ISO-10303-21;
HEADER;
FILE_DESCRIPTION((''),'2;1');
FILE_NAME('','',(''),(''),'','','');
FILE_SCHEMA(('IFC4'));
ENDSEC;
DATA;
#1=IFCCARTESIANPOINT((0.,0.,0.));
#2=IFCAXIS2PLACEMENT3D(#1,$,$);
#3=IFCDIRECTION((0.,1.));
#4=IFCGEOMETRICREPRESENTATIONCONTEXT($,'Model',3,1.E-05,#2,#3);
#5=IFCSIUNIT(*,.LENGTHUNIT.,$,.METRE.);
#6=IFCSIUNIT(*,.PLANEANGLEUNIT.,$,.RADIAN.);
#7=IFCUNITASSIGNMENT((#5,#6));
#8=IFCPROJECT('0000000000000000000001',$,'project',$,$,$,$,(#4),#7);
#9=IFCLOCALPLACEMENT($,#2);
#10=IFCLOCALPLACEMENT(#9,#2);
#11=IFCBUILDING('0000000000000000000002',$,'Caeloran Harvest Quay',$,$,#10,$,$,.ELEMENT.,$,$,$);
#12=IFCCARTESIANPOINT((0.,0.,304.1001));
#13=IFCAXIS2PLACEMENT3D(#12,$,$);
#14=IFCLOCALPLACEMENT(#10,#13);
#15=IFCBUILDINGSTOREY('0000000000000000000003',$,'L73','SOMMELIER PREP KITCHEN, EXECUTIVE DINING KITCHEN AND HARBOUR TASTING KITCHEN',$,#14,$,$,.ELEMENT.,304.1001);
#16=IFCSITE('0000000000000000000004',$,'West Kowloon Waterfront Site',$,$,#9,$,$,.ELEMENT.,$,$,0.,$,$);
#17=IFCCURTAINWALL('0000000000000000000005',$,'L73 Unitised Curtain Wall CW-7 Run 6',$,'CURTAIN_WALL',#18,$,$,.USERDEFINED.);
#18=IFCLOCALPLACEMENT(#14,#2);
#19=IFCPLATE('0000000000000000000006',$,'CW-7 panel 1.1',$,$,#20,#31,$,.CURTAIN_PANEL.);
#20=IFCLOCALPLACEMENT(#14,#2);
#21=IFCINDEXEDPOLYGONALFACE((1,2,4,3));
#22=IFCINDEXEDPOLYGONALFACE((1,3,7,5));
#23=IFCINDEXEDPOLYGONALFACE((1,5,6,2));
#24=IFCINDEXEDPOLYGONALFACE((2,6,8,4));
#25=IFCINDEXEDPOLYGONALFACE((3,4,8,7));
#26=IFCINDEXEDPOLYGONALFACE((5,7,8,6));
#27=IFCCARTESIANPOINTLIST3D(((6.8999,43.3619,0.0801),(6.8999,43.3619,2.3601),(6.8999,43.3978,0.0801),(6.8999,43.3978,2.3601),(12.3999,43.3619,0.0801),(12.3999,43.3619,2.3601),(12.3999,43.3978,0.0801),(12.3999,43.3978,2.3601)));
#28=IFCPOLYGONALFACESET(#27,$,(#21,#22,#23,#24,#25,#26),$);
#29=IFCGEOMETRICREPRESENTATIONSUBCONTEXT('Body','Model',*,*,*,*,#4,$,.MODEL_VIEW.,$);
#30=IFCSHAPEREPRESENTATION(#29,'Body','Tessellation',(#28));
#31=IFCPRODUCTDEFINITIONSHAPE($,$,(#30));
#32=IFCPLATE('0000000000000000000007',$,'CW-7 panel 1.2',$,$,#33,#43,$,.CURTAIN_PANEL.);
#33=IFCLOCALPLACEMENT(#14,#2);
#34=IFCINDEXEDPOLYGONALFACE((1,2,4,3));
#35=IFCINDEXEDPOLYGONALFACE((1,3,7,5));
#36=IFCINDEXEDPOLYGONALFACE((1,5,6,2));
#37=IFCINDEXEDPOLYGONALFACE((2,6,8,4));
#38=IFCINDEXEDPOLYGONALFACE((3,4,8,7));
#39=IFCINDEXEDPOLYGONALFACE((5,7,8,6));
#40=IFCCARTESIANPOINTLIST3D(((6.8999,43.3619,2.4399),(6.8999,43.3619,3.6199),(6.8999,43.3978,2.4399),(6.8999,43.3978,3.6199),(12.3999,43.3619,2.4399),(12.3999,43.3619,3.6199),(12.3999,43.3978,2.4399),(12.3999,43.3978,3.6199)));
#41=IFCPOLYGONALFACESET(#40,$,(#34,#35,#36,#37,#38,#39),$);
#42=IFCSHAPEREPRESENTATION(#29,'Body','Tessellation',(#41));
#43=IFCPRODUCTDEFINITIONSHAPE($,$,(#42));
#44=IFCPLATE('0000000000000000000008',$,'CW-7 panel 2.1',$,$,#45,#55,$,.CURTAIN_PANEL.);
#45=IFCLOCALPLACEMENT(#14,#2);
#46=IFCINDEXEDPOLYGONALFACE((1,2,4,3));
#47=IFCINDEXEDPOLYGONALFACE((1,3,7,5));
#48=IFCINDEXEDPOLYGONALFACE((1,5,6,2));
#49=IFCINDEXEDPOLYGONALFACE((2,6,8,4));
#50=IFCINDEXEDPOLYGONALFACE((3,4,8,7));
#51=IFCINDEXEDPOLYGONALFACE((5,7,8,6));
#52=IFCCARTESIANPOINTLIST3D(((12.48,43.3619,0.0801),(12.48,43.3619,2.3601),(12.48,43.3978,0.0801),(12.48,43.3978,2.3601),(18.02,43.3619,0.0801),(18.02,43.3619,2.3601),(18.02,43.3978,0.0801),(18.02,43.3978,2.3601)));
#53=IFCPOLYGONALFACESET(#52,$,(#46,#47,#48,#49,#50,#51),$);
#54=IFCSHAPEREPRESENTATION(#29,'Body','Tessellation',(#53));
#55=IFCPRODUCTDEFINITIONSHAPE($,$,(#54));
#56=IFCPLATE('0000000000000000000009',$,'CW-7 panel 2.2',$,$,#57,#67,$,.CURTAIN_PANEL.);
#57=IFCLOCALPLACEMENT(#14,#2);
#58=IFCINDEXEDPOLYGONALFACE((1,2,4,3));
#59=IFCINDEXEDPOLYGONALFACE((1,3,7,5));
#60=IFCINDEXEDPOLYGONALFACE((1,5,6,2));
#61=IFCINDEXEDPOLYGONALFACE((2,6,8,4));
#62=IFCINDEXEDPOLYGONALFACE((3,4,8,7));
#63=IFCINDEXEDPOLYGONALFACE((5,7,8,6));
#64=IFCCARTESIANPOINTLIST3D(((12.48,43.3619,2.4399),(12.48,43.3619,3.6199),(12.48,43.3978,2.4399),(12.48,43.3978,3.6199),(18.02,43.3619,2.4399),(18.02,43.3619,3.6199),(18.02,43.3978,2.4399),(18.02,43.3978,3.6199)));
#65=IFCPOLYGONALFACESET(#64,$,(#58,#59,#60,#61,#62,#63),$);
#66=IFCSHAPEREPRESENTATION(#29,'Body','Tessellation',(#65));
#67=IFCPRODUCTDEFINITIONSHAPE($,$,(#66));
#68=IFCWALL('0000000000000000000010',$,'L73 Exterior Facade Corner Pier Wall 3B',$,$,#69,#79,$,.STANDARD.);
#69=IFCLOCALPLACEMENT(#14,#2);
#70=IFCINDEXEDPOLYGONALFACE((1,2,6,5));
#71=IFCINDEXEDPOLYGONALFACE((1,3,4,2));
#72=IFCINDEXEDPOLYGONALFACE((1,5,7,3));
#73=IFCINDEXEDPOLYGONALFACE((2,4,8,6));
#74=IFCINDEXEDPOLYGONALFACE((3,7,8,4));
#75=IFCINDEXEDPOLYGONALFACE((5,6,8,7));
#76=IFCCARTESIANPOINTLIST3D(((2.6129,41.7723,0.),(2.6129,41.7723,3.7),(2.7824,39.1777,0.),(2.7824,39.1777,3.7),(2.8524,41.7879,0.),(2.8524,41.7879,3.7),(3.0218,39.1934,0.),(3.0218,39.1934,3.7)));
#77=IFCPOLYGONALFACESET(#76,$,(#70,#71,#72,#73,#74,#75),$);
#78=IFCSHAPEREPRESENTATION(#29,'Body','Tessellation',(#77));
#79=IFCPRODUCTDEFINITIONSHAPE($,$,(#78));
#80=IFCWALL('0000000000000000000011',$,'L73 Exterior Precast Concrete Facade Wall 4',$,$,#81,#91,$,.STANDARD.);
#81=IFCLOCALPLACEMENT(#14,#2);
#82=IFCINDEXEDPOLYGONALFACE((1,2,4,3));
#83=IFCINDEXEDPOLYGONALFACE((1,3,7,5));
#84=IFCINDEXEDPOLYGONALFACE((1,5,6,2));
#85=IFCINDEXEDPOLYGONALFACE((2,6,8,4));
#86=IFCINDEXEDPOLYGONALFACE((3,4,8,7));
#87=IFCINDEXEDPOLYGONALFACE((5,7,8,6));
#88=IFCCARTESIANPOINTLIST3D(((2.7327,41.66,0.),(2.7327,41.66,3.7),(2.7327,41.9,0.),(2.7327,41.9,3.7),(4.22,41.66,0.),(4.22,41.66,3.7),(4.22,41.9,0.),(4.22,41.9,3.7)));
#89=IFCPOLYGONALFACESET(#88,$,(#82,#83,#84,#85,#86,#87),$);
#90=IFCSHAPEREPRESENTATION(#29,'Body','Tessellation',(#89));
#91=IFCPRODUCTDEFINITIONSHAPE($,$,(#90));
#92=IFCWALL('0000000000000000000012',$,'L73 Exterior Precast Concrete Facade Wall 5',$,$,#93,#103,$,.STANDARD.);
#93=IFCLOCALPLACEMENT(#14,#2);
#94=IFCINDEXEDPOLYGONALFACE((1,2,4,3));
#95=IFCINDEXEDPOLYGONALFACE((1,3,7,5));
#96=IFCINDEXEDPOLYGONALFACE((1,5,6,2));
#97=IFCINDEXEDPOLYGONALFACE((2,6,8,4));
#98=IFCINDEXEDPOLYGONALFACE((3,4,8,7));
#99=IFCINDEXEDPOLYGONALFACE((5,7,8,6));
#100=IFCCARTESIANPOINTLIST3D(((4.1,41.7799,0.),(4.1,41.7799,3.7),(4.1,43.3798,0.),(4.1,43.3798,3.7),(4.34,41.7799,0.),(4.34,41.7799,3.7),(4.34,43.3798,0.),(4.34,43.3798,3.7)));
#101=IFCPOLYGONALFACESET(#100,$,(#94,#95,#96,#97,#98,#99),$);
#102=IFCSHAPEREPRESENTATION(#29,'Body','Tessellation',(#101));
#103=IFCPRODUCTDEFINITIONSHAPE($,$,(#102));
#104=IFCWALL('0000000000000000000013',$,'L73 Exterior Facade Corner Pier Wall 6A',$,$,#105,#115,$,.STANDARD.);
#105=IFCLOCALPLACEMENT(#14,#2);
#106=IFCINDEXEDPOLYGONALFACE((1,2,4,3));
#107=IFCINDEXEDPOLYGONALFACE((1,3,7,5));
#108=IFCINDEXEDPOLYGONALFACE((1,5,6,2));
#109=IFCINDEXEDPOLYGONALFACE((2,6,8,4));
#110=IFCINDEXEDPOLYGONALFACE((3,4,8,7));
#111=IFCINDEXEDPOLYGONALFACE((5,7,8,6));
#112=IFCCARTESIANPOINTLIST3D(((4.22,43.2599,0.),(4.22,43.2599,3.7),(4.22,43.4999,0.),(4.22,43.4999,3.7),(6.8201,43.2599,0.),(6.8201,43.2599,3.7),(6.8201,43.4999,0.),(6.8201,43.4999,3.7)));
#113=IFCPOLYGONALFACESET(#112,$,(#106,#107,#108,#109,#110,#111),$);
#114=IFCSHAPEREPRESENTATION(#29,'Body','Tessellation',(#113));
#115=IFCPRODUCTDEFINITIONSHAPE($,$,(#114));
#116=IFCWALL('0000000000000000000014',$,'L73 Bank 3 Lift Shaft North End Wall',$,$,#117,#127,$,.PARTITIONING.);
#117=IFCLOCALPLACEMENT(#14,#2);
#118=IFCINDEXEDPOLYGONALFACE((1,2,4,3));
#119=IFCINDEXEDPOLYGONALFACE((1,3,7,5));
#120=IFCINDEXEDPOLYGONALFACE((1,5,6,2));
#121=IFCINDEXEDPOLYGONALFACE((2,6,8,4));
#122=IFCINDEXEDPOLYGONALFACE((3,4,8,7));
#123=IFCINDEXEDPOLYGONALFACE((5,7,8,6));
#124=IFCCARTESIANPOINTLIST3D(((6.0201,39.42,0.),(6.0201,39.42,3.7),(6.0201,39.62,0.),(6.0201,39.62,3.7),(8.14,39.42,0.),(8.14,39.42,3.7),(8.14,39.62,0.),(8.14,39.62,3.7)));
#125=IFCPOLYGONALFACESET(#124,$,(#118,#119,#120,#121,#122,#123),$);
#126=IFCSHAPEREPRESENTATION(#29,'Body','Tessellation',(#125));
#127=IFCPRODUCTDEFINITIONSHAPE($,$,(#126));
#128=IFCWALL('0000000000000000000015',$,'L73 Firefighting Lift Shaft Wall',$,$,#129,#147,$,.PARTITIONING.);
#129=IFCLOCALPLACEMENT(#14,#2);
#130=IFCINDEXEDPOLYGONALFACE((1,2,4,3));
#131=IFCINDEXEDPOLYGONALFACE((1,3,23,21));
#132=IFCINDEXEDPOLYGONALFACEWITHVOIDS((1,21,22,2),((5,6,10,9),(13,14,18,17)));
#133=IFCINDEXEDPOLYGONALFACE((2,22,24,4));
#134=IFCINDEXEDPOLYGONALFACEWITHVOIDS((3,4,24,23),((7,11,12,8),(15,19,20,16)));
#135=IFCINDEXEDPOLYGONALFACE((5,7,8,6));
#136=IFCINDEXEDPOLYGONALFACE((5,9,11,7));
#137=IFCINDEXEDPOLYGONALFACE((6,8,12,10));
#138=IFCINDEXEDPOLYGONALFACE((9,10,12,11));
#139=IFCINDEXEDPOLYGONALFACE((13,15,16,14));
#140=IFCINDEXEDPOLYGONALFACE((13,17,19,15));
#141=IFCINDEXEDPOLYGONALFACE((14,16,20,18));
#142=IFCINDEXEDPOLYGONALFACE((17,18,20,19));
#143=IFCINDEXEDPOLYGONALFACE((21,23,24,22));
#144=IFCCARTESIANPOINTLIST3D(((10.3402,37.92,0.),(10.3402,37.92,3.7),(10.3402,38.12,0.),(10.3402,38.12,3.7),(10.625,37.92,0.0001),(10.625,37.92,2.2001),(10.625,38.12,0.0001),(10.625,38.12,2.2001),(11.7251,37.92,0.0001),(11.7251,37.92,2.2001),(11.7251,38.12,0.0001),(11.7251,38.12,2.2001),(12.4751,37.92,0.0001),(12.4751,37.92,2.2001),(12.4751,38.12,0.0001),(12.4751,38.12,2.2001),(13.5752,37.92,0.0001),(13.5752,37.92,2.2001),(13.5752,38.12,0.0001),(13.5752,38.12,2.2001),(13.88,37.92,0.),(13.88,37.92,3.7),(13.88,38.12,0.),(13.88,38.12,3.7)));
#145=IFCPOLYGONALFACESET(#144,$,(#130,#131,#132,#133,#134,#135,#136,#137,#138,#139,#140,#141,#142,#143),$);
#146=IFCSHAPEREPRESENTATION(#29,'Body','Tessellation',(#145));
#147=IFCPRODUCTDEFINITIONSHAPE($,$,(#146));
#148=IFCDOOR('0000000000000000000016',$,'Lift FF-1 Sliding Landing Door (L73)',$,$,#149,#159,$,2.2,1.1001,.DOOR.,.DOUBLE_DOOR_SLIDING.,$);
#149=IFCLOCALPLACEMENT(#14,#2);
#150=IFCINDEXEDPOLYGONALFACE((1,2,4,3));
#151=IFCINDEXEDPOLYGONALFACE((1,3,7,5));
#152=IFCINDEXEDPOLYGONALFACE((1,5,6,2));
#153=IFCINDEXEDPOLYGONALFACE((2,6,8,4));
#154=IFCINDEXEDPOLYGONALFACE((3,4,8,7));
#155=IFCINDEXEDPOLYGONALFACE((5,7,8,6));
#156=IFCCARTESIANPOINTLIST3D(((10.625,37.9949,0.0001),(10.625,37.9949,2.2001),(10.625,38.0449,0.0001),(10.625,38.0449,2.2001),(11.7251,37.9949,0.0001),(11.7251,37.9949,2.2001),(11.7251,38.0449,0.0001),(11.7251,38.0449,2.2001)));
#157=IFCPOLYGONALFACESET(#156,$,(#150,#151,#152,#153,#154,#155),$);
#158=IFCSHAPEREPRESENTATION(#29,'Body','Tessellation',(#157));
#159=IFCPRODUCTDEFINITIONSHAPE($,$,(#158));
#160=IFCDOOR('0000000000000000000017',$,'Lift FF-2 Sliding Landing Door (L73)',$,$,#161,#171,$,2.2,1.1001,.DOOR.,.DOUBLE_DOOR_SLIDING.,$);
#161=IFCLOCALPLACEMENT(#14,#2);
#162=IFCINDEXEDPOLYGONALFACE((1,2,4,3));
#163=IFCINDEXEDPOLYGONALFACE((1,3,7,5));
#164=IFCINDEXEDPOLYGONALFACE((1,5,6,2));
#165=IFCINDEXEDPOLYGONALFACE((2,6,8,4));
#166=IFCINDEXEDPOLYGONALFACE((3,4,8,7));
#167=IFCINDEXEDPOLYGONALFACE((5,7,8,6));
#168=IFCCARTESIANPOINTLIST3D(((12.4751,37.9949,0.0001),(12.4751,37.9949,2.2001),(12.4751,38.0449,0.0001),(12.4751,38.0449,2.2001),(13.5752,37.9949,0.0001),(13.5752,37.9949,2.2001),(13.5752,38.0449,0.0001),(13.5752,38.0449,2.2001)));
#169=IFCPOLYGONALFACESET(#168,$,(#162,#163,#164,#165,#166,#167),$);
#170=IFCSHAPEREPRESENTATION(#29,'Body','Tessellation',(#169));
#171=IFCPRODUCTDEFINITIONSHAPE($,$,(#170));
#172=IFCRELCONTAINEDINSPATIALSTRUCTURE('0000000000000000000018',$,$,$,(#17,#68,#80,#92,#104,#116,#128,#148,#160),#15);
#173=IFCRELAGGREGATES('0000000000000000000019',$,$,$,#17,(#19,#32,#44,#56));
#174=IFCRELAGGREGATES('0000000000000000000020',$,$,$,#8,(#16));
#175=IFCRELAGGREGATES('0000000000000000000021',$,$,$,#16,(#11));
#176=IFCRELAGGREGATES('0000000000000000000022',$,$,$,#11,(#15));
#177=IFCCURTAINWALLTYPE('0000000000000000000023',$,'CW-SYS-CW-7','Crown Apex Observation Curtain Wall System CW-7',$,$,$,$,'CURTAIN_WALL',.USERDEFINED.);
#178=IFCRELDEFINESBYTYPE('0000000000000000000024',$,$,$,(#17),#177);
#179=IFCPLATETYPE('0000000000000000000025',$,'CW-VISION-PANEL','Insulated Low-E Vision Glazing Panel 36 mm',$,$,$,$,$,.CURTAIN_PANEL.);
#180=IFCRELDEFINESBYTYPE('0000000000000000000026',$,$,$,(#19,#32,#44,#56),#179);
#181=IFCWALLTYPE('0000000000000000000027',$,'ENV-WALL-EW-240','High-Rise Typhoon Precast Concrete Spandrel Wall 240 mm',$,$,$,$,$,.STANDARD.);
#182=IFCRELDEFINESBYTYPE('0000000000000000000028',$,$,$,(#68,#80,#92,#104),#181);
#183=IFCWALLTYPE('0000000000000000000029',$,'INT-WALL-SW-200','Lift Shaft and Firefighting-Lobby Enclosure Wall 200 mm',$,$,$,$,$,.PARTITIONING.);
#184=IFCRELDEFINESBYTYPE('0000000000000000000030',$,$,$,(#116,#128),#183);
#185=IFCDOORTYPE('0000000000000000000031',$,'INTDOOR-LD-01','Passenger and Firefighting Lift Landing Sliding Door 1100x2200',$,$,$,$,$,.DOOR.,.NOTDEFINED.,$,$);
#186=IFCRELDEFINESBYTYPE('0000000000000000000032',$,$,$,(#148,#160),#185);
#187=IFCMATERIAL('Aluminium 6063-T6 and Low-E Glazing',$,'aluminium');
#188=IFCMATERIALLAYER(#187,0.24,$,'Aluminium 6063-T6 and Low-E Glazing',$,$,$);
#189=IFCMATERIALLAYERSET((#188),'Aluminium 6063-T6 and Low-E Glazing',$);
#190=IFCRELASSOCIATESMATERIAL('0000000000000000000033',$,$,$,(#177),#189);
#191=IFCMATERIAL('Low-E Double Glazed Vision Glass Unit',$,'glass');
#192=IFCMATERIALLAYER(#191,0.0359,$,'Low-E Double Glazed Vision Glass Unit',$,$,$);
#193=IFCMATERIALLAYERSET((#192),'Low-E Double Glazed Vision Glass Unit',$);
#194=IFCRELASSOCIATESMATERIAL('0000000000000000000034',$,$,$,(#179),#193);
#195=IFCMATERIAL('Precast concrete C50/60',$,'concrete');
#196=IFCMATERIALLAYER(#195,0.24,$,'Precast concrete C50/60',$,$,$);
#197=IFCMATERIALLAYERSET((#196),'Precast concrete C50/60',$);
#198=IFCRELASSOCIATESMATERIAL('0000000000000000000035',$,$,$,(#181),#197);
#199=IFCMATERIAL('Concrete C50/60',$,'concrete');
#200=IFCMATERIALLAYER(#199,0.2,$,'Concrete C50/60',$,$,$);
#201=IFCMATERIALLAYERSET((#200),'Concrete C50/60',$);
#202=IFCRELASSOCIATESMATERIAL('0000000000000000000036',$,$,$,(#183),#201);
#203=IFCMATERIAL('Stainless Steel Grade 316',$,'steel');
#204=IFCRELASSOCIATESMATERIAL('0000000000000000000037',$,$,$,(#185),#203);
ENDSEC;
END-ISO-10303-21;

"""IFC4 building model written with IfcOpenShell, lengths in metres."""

from ifc_helpers import new_model, si_unit, direction, frame, frame_2d, origin, origin_2d, place, context, subcontext, project, spatial, rectangle, extrude, material, layer, layer_set, type_object, element, fill, aggregate, save


model = new_model("IFC4")

# Units and contexts
model_context = context("Model", 3, precision=1e-05, world=origin(), true_north=direction((0.0, 1.0)))
body_context = subcontext(model_context, "Body", "Model", "MODEL_VIEW")
ifc_project = project(units=[si_unit("LENGTHUNIT", "METRE"), si_unit("PLANEANGLEUNIT", "RADIAN")], contexts=[model_context])

# Site, building, storey
site_placement = place(None, origin())
site = spatial("IfcSite", under=ifc_project, at=site_placement, Name="West Kowloon Waterfront Site", CompositionType="ELEMENT", RefElevation=0.0)
building_placement = place(site_placement, origin())
building = spatial("IfcBuilding", under=site, at=building_placement, Name="Caeloran Harvest Quay", CompositionType="ELEMENT")
storey_placement = place(building_placement, frame((0.0, 0.0, 304.1001)))
storey = spatial("IfcBuildingStorey", under=building, at=storey_placement, Name="L73", Description="SOMMELIER PREP KITCHEN, EXECUTIVE DINING KITCHEN AND HARBOUR TASTING KITCHEN", CompositionType="ELEMENT", Elevation=304.1001)

# Shared definitions
ifc_material_1 = material(Name="Aluminium 6063-T6 and Low-E Glazing", Category="aluminium")
ifc_layer_1 = layer(ifc_material_1, 0.24, Name="Aluminium 6063-T6 and Low-E Glazing")
ifc_layer_set_1 = layer_set([ifc_layer_1], Name="Aluminium 6063-T6 and Low-E Glazing")
curtain_wall_type = type_object("IfcCurtainWallType", Name="CW-SYS-CW-7", Description="Crown Apex Observation Curtain Wall System CW-7", ElementType="CURTAIN_WALL", PredefinedType="USERDEFINED", material=ifc_layer_set_1)

# Curtain wall
curtain_wall_1_placement = place(storey_placement, origin())
curtain_wall_1 = element("IfcCurtainWall", 1, at=curtain_wall_1_placement, inside=storey, type_object=curtain_wall_type, Name="L73 Unitised Curtain Wall CW-7 Run 6", ObjectType="CURTAIN_WALL", PredefinedType="USERDEFINED")

# Plates
ifc_material_2 = material(Name="Low-E Double Glazed Vision Glass Unit", Category="glass")
ifc_layer_2 = layer(ifc_material_2, 0.0359, Name="Low-E Double Glazed Vision Glass Unit")
ifc_layer_set_2 = layer_set([ifc_layer_2], Name="Low-E Double Glazed Vision Glass Unit")
plate_type = type_object("IfcPlateType", Name="CW-VISION-PANEL", Description="Insulated Low-E Vision Glazing Panel 36 mm", PredefinedType="CURTAIN_PANEL", material=ifc_layer_set_2)
plate_1_placement = place(storey_placement, frame((9.6499, 43.3799, 0.0801), z_axis=(0.0, 0.0, 1.0), x_axis=(1.0, 0.0, 0.0)))
plate_1 = element("IfcPlate", 2, at=plate_1_placement, type_object=plate_type, Name="CW-7 panel 1.1", PredefinedType="CURTAIN_PANEL", context=body_context, shape_type="SweptSolid", body=[
    extrude(rectangle(XDim=5.5, YDim=0.0359, at=origin_2d()), origin(), (0.0, 0.0, 1.0), 2.28),
])
plate_2_placement = place(storey_placement, frame((9.6499, 43.3799, 2.4399), z_axis=(0.0, 0.0, 1.0), x_axis=(1.0, 0.0, 0.0)))
plate_2 = element("IfcPlate", 3, at=plate_2_placement, type_object=plate_type, Name="CW-7 panel 1.2", PredefinedType="CURTAIN_PANEL", context=body_context, shape_type="SweptSolid", body=[
    extrude(rectangle(XDim=5.5, YDim=0.0359, at=origin_2d()), origin(), (0.0, 0.0, 1.0), 1.1799),
])
plate_3_placement = place(storey_placement, frame((15.25, 43.3799, 0.0801), z_axis=(0.0, 0.0, 1.0), x_axis=(1.0, 0.0, 0.0)))
plate_3 = element("IfcPlate", 4, at=plate_3_placement, type_object=plate_type, Name="CW-7 panel 2.1", PredefinedType="CURTAIN_PANEL", context=body_context, shape_type="SweptSolid", body=[
    extrude(rectangle(XDim=5.54, YDim=0.0359, at=origin_2d()), origin(), (0.0, 0.0, 1.0), 2.28),
])
plate_4_placement = place(storey_placement, frame((15.25, 43.3799, 2.4399), z_axis=(0.0, 0.0, 1.0), x_axis=(1.0, 0.0, 0.0)))
plate_4 = element("IfcPlate", 5, at=plate_4_placement, type_object=plate_type, Name="CW-7 panel 2.2", PredefinedType="CURTAIN_PANEL", context=body_context, shape_type="SweptSolid", body=[
    extrude(rectangle(XDim=5.54, YDim=0.0359, at=origin_2d()), origin(), (0.0, 0.0, 1.0), 1.1799),
])
aggregate(curtain_wall_1, [plate_1, plate_2, plate_3, plate_4])

# Walls
ifc_material_3 = material(Name="Precast concrete C50/60", Category="concrete")
ifc_layer_3 = layer(ifc_material_3, 0.24, Name="Precast concrete C50/60")
ifc_layer_set_3 = layer_set([ifc_layer_3], Name="Precast concrete C50/60")
wall_type_1 = type_object("IfcWallType", Name="ENV-WALL-EW-240", Description="High-Rise Typhoon Precast Concrete Spandrel Wall 240 mm", PredefinedType="STANDARD", material=ifc_layer_set_3)
wall_1_placement = place(storey_placement, frame((2.9021, 39.1855, 0.0), z_axis=(0.0, 0.0, 1.0), x_axis=(-0.065167, 0.997874, 0.0)))
element("IfcWall", 6, at=wall_1_placement, inside=storey, type_object=wall_type_1, Name="L73 Exterior Facade Corner Pier Wall 3B", PredefinedType="STANDARD", context=body_context, shape_type="SweptSolid", body=[
    extrude(rectangle(XDim=2.6001, YDim=0.24, at=frame_2d((1.3, 0.0))), origin(), (0.0, 0.0, 1.0), 3.7),
])
wall_2_placement = place(storey_placement, frame((2.7327, 41.78, 0.0), z_axis=(0.0, 0.0, 1.0), x_axis=(1.0, 0.0, 0.0)))
element("IfcWall", 7, at=wall_2_placement, inside=storey, type_object=wall_type_1, Name="L73 Exterior Precast Concrete Facade Wall 4", PredefinedType="STANDARD", context=body_context, shape_type="SweptSolid", body=[
    extrude(rectangle(XDim=1.4873, YDim=0.24, at=frame_2d((0.7437, 0.0))), origin(), (0.0, 0.0, 1.0), 3.7),
])
wall_3_placement = place(storey_placement, frame((4.22, 41.78, 0.0), z_axis=(0.0, 0.0, 1.0), x_axis=(0.0, 1.0, 0.0)))
element("IfcWall", 8, at=wall_3_placement, inside=storey, type_object=wall_type_1, Name="L73 Exterior Precast Concrete Facade Wall 5", PredefinedType="STANDARD", context=body_context, shape_type="SweptSolid", body=[
    extrude(rectangle(XDim=1.5999, YDim=0.24, at=frame_2d((0.7998, 0.0))), origin(), (0.0, 0.0, 1.0), 3.7),
])
wall_4_placement = place(storey_placement, frame((4.22, 43.3799, 0.0), z_axis=(0.0, 0.0, 1.0), x_axis=(1.0, 0.0, 0.0)))
element("IfcWall", 9, at=wall_4_placement, inside=storey, type_object=wall_type_1, Name="L73 Exterior Facade Corner Pier Wall 6A", PredefinedType="STANDARD", context=body_context, shape_type="SweptSolid", body=[
    extrude(rectangle(XDim=2.6001, YDim=0.24, at=frame_2d((1.3, 0.0))), origin(), (0.0, 0.0, 1.0), 3.7),
])
ifc_material_4 = material(Name="Concrete C50/60", Category="concrete")
ifc_layer_4 = layer(ifc_material_4, 0.2, Name="Concrete C50/60")
ifc_layer_set_4 = layer_set([ifc_layer_4], Name="Concrete C50/60")
wall_type_2 = type_object("IfcWallType", Name="INT-WALL-SW-200", Description="Lift Shaft and Firefighting-Lobby Enclosure Wall 200 mm", PredefinedType="PARTITIONING", material=ifc_layer_set_4)
wall_5_placement = place(storey_placement, frame((6.02, 39.52, 0.0), z_axis=(0.0, 0.0, 1.0), x_axis=(1.0, 0.0, 0.0)))
element("IfcWall", 10, at=wall_5_placement, inside=storey, type_object=wall_type_2, Name="L73 Bank 3 Lift Shaft North End Wall", PredefinedType="PARTITIONING", context=body_context, shape_type="SweptSolid", body=[
    extrude(rectangle(XDim=2.1199, YDim=0.2, at=frame_2d((1.0601, 0.0))), origin(), (0.0, 0.0, 1.0), 3.7),
])

# Wall, openings, doors
wall_6_placement = place(storey_placement, frame((10.3401, 38.02, 0.0), z_axis=(0.0, 0.0, 1.0), x_axis=(1.0, 0.0, 0.0)))
wall_6 = element("IfcWall", 11, at=wall_6_placement, inside=storey, type_object=wall_type_2, Name="L73 Firefighting Lift Shaft Wall", PredefinedType="PARTITIONING", context=body_context, shape_type="SweptSolid", body=[
    extrude(rectangle(XDim=3.5398, YDim=0.2, at=frame_2d((1.77, 0.0))), origin(), (0.0, 0.0, 1.0), 3.7),
])
opening_1_placement = place(wall_6_placement, frame((0.2849, 0.0, 0.0)))
opening_1 = element("IfcOpeningElement", 12, at=opening_1_placement, cuts=wall_6, PredefinedType="OPENING", context=body_context, shape_type="SweptSolid", body=[
    extrude(rectangle(XDim=1.1001, YDim=2.2, at=frame_2d((0.55, 1.1001))), frame((0.0, 0.1099, 0.0), z_axis=(0.0, -1.0, 0.0), x_axis=(1.0, 0.0, 0.0)), (0.0, 0.0, 1.0), 0.22),
])
opening_2_placement = place(wall_6_placement, frame((2.135, 0.0, 0.0)))
opening_2 = element("IfcOpeningElement", 13, at=opening_2_placement, cuts=wall_6, PredefinedType="OPENING", context=body_context, shape_type="SweptSolid", body=[
    extrude(rectangle(XDim=1.1001, YDim=2.2, at=frame_2d((0.55, 1.1001))), frame((0.0, 0.1099, 0.0), z_axis=(0.0, -1.0, 0.0), x_axis=(1.0, 0.0, 0.0)), (0.0, 0.0, 1.0), 0.22),
])
ifc_material_5 = material(Name="Stainless Steel Grade 316", Category="steel")
door_type_1 = type_object("IfcDoorType", Name="INTDOOR-LD-01", Description="Passenger and Firefighting Lift Landing Sliding Door 1100x2200", OperationType="NOTDEFINED", PredefinedType="DOOR", material=ifc_material_5)
door_1_placement = place(opening_1_placement, origin())
door_1 = element("IfcDoor", 14, at=door_1_placement, inside=storey, type_object=door_type_1, Name="Lift FF-1 Sliding Landing Door (L73)", OperationType="DOUBLE_DOOR_SLIDING", OverallHeight=2.2, OverallWidth=1.1001, PredefinedType="DOOR", context=body_context, shape_type="SweptSolid", body=[
    extrude(rectangle(XDim=1.1001, YDim=2.2, at=frame_2d((0.55, 1.1001))), frame((0.0, 0.0249, 0.0), z_axis=(0.0, -1.0, 0.0), x_axis=(1.0, 0.0, 0.0)), (0.0, 0.0, 1.0), 0.05),
])
fill(opening_1, door_1)
door_2_placement = place(opening_2_placement, origin())
door_2 = element("IfcDoor", 15, at=door_2_placement, inside=storey, type_object=door_type_1, Name="Lift FF-2 Sliding Landing Door (L73)", OperationType="DOUBLE_DOOR_SLIDING", OverallHeight=2.2, OverallWidth=1.1001, PredefinedType="DOOR", context=body_context, shape_type="SweptSolid", body=[
    extrude(rectangle(XDim=1.1001, YDim=2.2, at=frame_2d((0.55, 1.1001))), frame((0.0, 0.0249, 0.0), z_axis=(0.0, -1.0, 0.0), x_axis=(1.0, 0.0, 0.0)), (0.0, 0.0, 1.0), 0.05),
])
fill(opening_2, door_2)

save(model, "model.ifc")
